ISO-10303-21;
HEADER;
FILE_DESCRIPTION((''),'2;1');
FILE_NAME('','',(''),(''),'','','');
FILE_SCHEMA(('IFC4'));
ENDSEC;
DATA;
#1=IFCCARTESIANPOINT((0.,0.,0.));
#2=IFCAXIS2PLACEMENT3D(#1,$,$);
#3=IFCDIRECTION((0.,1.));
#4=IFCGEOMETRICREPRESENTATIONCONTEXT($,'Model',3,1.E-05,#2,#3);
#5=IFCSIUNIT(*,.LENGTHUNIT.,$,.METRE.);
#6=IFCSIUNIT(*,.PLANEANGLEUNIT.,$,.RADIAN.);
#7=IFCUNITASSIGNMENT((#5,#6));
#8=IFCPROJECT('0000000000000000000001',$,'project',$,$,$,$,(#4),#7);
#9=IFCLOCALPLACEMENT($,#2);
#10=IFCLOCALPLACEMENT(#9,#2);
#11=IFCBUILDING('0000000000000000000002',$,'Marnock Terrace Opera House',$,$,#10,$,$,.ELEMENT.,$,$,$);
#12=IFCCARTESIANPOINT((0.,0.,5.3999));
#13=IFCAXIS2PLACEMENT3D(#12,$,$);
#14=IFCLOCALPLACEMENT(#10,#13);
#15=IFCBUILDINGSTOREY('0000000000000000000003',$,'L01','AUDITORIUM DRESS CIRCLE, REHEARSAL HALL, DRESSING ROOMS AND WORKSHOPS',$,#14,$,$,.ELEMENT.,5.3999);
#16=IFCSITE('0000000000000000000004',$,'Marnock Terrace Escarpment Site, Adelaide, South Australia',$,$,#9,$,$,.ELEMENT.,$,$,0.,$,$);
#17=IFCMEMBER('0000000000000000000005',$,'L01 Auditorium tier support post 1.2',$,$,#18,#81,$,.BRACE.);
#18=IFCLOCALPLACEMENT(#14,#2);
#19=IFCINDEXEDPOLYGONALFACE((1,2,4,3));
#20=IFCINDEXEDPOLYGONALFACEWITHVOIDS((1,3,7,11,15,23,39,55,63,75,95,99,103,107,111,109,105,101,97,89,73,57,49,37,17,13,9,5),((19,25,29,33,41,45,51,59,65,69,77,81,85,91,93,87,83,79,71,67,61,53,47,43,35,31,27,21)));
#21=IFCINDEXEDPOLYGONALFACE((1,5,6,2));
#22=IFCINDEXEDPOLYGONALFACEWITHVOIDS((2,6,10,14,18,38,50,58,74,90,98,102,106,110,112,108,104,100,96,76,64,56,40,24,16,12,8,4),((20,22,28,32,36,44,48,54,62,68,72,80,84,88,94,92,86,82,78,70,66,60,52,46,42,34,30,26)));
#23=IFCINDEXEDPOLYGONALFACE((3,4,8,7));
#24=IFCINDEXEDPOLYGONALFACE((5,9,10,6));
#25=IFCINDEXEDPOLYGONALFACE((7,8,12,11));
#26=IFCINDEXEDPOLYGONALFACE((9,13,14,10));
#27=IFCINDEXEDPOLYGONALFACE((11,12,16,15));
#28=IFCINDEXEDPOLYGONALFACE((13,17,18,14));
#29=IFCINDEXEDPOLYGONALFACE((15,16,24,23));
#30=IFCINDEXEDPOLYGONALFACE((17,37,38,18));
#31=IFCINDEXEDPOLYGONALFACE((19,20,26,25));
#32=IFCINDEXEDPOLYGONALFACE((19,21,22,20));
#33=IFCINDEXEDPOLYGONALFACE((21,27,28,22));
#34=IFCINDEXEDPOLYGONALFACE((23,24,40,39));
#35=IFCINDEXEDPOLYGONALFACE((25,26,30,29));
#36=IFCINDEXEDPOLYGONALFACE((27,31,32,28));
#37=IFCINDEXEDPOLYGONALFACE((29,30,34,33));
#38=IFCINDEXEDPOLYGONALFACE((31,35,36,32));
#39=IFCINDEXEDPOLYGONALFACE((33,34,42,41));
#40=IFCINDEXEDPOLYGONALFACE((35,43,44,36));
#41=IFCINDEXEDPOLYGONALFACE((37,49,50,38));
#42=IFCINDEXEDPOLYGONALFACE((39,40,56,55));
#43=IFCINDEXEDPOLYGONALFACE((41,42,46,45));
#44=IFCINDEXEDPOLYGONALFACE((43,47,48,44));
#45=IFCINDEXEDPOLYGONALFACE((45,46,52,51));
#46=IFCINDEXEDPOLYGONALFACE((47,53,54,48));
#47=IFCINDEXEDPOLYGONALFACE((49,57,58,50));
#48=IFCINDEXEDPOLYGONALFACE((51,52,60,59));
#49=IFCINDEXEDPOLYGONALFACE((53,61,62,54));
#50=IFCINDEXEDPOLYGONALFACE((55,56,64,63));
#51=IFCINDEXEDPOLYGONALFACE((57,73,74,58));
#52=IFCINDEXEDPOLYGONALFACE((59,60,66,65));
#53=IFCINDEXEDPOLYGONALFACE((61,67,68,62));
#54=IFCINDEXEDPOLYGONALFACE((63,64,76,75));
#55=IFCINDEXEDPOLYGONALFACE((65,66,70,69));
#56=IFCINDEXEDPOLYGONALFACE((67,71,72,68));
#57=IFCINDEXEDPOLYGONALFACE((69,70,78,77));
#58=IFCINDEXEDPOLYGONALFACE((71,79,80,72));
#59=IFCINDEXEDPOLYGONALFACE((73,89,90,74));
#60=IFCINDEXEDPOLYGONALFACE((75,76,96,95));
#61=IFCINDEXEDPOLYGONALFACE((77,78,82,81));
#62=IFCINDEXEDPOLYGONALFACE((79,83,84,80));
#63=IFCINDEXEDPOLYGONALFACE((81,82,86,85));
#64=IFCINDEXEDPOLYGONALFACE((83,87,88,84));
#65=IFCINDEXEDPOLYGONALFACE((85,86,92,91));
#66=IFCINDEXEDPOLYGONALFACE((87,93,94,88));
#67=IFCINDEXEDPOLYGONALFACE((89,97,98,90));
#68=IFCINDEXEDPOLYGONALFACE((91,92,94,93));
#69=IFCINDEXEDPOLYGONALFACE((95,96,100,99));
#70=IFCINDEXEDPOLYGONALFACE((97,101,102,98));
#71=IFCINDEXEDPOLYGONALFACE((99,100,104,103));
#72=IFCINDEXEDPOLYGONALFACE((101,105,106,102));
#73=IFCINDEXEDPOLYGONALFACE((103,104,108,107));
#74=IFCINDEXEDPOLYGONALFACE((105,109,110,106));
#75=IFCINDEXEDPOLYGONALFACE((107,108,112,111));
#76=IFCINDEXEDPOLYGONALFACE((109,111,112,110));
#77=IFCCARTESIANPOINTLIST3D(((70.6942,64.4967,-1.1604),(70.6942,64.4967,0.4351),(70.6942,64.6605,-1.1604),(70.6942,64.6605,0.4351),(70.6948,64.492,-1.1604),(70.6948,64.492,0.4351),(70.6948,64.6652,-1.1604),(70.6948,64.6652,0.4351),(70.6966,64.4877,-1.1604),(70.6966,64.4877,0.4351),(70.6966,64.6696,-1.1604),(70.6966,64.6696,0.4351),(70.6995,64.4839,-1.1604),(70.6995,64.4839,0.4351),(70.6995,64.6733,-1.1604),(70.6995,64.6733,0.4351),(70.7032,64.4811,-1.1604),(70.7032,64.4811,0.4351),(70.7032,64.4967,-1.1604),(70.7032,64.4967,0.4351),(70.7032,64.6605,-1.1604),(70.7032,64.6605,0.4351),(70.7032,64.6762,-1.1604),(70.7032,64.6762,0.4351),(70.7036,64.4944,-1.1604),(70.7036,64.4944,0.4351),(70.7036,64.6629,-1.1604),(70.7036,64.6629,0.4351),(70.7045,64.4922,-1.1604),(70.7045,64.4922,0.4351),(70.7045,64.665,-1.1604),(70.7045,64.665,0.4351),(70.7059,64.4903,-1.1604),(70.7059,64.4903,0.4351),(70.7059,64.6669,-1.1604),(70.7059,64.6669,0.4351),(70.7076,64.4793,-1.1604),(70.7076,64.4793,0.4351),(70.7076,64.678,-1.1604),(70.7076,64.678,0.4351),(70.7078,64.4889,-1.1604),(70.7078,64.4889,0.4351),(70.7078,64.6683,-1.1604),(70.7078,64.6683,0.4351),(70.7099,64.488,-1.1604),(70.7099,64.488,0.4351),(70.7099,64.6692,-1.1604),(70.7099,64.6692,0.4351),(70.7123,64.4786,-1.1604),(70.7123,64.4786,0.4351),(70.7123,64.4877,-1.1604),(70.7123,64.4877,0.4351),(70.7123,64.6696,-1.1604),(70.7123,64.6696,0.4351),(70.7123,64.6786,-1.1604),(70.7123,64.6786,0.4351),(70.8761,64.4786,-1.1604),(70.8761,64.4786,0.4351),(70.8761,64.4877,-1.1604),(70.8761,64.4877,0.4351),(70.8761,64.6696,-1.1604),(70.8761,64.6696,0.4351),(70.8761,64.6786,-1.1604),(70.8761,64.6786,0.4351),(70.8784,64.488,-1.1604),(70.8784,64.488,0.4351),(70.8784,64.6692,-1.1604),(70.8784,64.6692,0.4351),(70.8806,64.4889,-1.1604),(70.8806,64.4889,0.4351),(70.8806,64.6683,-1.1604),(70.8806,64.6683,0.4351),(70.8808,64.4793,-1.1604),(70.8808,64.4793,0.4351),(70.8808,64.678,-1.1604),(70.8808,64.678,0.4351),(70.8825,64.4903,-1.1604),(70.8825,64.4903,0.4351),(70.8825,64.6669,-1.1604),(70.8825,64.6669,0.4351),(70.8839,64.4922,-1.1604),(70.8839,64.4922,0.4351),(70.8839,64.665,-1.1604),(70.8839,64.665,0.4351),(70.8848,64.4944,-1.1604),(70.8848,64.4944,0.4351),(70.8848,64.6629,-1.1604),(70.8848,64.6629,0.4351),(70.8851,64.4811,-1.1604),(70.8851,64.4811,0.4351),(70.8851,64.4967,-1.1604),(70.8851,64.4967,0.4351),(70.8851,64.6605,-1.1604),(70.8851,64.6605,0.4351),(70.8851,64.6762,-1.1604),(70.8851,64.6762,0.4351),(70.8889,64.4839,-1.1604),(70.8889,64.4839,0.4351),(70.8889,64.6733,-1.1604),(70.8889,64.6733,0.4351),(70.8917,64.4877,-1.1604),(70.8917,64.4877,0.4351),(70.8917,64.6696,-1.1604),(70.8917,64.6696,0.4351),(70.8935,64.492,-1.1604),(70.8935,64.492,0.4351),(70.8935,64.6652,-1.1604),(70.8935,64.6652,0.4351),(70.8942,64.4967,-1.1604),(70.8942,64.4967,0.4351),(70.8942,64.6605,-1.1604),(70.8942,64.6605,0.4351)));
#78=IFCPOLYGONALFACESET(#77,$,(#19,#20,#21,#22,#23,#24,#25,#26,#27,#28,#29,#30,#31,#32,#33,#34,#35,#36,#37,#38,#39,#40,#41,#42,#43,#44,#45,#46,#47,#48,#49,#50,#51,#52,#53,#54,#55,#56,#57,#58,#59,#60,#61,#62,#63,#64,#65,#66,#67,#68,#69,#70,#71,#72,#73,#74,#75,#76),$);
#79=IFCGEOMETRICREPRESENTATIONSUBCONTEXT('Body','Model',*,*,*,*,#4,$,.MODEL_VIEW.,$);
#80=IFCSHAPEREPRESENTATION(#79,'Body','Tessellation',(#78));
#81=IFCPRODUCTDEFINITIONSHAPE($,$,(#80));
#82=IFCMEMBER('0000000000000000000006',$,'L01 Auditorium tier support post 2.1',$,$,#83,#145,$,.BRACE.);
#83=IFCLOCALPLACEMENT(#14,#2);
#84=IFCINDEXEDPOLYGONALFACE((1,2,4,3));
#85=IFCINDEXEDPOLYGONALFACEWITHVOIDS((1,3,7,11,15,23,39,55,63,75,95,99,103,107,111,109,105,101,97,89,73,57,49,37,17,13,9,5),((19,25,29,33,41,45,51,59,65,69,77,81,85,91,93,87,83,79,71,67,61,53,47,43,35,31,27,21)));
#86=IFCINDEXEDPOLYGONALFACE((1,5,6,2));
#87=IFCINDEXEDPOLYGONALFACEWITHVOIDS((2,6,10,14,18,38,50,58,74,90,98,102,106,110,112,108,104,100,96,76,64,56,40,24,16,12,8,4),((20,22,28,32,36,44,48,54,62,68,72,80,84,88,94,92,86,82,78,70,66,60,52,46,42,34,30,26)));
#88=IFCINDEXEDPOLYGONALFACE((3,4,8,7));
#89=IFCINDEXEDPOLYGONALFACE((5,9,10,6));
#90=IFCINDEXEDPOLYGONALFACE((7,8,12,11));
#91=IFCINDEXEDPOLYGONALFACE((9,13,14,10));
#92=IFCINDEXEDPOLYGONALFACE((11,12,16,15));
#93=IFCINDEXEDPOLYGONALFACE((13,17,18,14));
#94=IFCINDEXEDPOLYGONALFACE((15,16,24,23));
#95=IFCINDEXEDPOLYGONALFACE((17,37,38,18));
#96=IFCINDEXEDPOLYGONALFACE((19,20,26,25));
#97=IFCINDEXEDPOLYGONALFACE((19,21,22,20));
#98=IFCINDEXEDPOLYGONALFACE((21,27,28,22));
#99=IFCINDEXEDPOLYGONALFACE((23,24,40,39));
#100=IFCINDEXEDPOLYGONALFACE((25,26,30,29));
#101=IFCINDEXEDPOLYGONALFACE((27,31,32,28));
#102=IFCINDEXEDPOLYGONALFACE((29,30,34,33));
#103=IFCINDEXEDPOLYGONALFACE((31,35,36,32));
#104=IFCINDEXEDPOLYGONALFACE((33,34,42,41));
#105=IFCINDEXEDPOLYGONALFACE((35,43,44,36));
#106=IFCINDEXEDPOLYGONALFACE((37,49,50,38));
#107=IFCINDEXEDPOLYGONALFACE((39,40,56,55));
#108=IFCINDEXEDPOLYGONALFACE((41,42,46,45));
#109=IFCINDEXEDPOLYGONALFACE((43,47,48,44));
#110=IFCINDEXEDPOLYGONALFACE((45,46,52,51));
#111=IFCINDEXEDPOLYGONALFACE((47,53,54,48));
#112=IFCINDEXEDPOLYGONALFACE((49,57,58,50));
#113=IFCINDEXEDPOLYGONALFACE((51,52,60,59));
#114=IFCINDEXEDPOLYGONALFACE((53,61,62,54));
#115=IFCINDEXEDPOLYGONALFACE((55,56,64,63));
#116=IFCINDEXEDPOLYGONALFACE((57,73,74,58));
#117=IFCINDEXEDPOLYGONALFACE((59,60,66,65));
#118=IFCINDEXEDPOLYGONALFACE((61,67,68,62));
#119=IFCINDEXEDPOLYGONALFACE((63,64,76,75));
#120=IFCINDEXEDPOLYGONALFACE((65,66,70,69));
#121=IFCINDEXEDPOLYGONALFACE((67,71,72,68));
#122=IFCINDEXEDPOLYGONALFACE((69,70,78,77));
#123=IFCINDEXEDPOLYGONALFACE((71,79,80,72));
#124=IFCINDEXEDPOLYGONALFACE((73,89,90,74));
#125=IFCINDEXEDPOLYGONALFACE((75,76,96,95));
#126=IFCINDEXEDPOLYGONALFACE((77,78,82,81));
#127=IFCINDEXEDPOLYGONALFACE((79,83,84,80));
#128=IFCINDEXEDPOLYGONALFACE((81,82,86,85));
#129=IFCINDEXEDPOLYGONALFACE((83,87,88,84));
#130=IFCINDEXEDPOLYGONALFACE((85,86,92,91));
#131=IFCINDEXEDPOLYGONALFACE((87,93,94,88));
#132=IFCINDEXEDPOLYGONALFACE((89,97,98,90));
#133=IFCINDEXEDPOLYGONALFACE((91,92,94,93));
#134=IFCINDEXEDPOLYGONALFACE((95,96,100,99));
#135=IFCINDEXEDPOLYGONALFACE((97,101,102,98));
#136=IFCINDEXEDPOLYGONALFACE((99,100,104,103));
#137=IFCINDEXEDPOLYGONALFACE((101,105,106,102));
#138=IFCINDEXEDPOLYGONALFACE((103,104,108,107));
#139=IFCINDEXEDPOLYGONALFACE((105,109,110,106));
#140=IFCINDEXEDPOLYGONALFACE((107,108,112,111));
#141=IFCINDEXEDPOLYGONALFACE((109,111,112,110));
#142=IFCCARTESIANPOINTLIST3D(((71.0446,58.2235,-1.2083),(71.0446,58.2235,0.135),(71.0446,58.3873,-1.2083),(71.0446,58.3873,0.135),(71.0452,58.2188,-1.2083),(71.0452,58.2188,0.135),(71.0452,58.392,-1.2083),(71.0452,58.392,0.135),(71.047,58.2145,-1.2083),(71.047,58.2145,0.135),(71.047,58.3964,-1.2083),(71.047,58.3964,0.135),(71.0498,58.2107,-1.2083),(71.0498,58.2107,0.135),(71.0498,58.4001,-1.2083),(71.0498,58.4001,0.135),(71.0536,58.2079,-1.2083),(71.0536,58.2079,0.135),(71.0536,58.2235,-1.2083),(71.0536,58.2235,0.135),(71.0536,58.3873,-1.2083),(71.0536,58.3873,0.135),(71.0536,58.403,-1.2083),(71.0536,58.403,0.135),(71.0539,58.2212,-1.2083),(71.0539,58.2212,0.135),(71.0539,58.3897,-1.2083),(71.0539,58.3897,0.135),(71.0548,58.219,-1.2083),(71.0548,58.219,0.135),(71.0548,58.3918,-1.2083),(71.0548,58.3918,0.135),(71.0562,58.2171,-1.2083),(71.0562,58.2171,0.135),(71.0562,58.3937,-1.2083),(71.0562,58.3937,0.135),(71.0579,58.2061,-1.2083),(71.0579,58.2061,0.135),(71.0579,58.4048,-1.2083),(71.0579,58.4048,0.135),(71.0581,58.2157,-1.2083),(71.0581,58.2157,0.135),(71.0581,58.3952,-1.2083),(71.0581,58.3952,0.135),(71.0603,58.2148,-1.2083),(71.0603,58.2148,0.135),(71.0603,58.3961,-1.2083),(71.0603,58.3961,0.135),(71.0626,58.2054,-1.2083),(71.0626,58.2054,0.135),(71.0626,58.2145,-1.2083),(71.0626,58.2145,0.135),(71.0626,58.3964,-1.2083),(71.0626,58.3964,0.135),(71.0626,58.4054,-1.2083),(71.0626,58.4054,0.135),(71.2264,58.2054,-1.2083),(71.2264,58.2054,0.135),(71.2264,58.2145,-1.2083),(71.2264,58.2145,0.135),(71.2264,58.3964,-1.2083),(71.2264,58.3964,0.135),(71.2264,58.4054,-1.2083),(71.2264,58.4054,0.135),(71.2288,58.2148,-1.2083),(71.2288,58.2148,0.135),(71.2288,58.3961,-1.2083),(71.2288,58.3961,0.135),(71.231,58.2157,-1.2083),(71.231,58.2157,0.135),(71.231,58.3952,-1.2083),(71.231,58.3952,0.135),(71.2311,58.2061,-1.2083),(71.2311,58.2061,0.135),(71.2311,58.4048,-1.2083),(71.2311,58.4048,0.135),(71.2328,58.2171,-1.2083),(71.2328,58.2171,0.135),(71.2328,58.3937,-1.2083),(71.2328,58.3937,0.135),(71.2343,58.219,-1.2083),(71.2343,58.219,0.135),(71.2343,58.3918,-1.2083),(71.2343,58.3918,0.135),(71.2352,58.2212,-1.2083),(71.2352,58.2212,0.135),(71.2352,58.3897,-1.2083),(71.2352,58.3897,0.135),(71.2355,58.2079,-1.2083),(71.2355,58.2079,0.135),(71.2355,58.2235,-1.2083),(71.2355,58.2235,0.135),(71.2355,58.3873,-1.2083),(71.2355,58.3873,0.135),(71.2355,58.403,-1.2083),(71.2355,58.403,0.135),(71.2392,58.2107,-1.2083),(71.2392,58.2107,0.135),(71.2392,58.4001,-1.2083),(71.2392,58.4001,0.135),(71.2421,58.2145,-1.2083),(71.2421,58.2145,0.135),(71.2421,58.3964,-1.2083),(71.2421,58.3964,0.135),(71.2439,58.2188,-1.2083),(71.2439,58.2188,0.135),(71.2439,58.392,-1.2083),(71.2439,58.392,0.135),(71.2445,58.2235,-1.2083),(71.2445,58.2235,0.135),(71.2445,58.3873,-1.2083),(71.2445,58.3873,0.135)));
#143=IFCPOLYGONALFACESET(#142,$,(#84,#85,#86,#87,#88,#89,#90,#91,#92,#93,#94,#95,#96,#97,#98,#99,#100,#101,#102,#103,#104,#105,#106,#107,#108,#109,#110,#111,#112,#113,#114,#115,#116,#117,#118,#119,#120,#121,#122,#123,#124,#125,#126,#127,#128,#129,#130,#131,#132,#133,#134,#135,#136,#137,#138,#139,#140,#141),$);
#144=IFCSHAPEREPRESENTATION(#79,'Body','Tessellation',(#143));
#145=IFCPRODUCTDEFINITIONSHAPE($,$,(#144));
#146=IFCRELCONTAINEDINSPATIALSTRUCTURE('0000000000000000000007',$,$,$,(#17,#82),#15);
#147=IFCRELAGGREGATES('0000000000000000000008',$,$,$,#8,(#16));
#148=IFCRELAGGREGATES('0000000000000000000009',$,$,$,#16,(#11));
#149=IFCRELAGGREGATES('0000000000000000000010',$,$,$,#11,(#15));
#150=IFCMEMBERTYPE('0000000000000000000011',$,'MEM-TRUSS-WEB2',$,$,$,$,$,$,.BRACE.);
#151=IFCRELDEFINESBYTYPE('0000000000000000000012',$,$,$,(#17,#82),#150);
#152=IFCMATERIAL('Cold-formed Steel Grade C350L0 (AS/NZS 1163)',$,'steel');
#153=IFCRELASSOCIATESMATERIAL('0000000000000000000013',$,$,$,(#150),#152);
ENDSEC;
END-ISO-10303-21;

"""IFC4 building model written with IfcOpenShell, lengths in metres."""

from ifc_helpers import new_model, si_unit, direction, frame, origin, origin_2d, place, context, subcontext, project, spatial, hollow_rectangle, extrude, material, material_profile, profile_set, type_object, element, save


model = new_model("IFC4")

# Units and contexts
model_context = context("Model", 3, precision=1e-05, world=origin(), true_north=direction((0.0, 1.0)))
body_context = subcontext(model_context, "Body", "Model", "MODEL_VIEW")
ifc_project = project(units=[si_unit("LENGTHUNIT", "METRE"), si_unit("PLANEANGLEUNIT", "RADIAN")], contexts=[model_context])

# Site, building, storey
site_placement = place(None, origin())
site = spatial("IfcSite", under=ifc_project, at=site_placement, Name="Marnock Terrace Escarpment Site, Adelaide, South Australia", CompositionType="ELEMENT", RefElevation=0.0)
building_placement = place(site_placement, origin())
building = spatial("IfcBuilding", under=site, at=building_placement, Name="Marnock Terrace Opera House", CompositionType="ELEMENT")
storey_placement = place(building_placement, frame((0.0, 0.0, 5.3999)))
storey = spatial("IfcBuildingStorey", under=building, at=storey_placement, Name="L01", Description="AUDITORIUM DRESS CIRCLE, REHEARSAL HALL, DRESSING ROOMS AND WORKSHOPS", CompositionType="ELEMENT", Elevation=5.3999)

# Members
ifc_material_1 = material(Name="Cold-formed Steel Grade C350L0 (AS/NZS 1163)", Category="steel")
ifc_material_profile_1 = material_profile(ifc_material_1, hollow_rectangle(XDim=0.2, YDim=0.2, WallThickness=0.009, InnerFilletRadius=0.009, OuterFilletRadius=0.0181, at=origin_2d()))
ifc_profile_set_1 = profile_set([ifc_material_profile_1], Name="Cold-formed Steel Grade C350L0 (AS/NZS 1163)")
member_type = type_object("IfcMemberType", Name="MEM-TRUSS-WEB2", PredefinedType="BRACE", material=ifc_profile_set_1)
member_1_placement = place(storey_placement, frame((70.7942, 64.5786, -1.1604), z_axis=(0.0, 0.0, 1.0), x_axis=(1.0, 0.0, 0.0)))
element("IfcMember", 1, at=member_1_placement, inside=storey, type_object=member_type, Name="L01 Auditorium tier support post 1.2", PredefinedType="BRACE", context=body_context, shape_type="SweptSolid", body=[
    extrude(hollow_rectangle(XDim=0.2, YDim=0.2, WallThickness=0.009, InnerFilletRadius=0.009, OuterFilletRadius=0.0181, at=origin_2d()), origin(), (0.0, 0.0, 1.0), 1.5955),
])
member_2_placement = place(storey_placement, frame((71.1445, 58.3054, -1.2083), z_axis=(0.0, 0.0, 1.0), x_axis=(1.0, 0.0, 0.0)))
element("IfcMember", 2, at=member_2_placement, inside=storey, type_object=member_type, Name="L01 Auditorium tier support post 2.1", PredefinedType="BRACE", context=body_context, shape_type="SweptSolid", body=[
    extrude(hollow_rectangle(XDim=0.2, YDim=0.2, WallThickness=0.009, InnerFilletRadius=0.009, OuterFilletRadius=0.0181, at=origin_2d()), origin(), (0.0, 0.0, 1.0), 1.3433),
])

save(model, "model.ifc")
